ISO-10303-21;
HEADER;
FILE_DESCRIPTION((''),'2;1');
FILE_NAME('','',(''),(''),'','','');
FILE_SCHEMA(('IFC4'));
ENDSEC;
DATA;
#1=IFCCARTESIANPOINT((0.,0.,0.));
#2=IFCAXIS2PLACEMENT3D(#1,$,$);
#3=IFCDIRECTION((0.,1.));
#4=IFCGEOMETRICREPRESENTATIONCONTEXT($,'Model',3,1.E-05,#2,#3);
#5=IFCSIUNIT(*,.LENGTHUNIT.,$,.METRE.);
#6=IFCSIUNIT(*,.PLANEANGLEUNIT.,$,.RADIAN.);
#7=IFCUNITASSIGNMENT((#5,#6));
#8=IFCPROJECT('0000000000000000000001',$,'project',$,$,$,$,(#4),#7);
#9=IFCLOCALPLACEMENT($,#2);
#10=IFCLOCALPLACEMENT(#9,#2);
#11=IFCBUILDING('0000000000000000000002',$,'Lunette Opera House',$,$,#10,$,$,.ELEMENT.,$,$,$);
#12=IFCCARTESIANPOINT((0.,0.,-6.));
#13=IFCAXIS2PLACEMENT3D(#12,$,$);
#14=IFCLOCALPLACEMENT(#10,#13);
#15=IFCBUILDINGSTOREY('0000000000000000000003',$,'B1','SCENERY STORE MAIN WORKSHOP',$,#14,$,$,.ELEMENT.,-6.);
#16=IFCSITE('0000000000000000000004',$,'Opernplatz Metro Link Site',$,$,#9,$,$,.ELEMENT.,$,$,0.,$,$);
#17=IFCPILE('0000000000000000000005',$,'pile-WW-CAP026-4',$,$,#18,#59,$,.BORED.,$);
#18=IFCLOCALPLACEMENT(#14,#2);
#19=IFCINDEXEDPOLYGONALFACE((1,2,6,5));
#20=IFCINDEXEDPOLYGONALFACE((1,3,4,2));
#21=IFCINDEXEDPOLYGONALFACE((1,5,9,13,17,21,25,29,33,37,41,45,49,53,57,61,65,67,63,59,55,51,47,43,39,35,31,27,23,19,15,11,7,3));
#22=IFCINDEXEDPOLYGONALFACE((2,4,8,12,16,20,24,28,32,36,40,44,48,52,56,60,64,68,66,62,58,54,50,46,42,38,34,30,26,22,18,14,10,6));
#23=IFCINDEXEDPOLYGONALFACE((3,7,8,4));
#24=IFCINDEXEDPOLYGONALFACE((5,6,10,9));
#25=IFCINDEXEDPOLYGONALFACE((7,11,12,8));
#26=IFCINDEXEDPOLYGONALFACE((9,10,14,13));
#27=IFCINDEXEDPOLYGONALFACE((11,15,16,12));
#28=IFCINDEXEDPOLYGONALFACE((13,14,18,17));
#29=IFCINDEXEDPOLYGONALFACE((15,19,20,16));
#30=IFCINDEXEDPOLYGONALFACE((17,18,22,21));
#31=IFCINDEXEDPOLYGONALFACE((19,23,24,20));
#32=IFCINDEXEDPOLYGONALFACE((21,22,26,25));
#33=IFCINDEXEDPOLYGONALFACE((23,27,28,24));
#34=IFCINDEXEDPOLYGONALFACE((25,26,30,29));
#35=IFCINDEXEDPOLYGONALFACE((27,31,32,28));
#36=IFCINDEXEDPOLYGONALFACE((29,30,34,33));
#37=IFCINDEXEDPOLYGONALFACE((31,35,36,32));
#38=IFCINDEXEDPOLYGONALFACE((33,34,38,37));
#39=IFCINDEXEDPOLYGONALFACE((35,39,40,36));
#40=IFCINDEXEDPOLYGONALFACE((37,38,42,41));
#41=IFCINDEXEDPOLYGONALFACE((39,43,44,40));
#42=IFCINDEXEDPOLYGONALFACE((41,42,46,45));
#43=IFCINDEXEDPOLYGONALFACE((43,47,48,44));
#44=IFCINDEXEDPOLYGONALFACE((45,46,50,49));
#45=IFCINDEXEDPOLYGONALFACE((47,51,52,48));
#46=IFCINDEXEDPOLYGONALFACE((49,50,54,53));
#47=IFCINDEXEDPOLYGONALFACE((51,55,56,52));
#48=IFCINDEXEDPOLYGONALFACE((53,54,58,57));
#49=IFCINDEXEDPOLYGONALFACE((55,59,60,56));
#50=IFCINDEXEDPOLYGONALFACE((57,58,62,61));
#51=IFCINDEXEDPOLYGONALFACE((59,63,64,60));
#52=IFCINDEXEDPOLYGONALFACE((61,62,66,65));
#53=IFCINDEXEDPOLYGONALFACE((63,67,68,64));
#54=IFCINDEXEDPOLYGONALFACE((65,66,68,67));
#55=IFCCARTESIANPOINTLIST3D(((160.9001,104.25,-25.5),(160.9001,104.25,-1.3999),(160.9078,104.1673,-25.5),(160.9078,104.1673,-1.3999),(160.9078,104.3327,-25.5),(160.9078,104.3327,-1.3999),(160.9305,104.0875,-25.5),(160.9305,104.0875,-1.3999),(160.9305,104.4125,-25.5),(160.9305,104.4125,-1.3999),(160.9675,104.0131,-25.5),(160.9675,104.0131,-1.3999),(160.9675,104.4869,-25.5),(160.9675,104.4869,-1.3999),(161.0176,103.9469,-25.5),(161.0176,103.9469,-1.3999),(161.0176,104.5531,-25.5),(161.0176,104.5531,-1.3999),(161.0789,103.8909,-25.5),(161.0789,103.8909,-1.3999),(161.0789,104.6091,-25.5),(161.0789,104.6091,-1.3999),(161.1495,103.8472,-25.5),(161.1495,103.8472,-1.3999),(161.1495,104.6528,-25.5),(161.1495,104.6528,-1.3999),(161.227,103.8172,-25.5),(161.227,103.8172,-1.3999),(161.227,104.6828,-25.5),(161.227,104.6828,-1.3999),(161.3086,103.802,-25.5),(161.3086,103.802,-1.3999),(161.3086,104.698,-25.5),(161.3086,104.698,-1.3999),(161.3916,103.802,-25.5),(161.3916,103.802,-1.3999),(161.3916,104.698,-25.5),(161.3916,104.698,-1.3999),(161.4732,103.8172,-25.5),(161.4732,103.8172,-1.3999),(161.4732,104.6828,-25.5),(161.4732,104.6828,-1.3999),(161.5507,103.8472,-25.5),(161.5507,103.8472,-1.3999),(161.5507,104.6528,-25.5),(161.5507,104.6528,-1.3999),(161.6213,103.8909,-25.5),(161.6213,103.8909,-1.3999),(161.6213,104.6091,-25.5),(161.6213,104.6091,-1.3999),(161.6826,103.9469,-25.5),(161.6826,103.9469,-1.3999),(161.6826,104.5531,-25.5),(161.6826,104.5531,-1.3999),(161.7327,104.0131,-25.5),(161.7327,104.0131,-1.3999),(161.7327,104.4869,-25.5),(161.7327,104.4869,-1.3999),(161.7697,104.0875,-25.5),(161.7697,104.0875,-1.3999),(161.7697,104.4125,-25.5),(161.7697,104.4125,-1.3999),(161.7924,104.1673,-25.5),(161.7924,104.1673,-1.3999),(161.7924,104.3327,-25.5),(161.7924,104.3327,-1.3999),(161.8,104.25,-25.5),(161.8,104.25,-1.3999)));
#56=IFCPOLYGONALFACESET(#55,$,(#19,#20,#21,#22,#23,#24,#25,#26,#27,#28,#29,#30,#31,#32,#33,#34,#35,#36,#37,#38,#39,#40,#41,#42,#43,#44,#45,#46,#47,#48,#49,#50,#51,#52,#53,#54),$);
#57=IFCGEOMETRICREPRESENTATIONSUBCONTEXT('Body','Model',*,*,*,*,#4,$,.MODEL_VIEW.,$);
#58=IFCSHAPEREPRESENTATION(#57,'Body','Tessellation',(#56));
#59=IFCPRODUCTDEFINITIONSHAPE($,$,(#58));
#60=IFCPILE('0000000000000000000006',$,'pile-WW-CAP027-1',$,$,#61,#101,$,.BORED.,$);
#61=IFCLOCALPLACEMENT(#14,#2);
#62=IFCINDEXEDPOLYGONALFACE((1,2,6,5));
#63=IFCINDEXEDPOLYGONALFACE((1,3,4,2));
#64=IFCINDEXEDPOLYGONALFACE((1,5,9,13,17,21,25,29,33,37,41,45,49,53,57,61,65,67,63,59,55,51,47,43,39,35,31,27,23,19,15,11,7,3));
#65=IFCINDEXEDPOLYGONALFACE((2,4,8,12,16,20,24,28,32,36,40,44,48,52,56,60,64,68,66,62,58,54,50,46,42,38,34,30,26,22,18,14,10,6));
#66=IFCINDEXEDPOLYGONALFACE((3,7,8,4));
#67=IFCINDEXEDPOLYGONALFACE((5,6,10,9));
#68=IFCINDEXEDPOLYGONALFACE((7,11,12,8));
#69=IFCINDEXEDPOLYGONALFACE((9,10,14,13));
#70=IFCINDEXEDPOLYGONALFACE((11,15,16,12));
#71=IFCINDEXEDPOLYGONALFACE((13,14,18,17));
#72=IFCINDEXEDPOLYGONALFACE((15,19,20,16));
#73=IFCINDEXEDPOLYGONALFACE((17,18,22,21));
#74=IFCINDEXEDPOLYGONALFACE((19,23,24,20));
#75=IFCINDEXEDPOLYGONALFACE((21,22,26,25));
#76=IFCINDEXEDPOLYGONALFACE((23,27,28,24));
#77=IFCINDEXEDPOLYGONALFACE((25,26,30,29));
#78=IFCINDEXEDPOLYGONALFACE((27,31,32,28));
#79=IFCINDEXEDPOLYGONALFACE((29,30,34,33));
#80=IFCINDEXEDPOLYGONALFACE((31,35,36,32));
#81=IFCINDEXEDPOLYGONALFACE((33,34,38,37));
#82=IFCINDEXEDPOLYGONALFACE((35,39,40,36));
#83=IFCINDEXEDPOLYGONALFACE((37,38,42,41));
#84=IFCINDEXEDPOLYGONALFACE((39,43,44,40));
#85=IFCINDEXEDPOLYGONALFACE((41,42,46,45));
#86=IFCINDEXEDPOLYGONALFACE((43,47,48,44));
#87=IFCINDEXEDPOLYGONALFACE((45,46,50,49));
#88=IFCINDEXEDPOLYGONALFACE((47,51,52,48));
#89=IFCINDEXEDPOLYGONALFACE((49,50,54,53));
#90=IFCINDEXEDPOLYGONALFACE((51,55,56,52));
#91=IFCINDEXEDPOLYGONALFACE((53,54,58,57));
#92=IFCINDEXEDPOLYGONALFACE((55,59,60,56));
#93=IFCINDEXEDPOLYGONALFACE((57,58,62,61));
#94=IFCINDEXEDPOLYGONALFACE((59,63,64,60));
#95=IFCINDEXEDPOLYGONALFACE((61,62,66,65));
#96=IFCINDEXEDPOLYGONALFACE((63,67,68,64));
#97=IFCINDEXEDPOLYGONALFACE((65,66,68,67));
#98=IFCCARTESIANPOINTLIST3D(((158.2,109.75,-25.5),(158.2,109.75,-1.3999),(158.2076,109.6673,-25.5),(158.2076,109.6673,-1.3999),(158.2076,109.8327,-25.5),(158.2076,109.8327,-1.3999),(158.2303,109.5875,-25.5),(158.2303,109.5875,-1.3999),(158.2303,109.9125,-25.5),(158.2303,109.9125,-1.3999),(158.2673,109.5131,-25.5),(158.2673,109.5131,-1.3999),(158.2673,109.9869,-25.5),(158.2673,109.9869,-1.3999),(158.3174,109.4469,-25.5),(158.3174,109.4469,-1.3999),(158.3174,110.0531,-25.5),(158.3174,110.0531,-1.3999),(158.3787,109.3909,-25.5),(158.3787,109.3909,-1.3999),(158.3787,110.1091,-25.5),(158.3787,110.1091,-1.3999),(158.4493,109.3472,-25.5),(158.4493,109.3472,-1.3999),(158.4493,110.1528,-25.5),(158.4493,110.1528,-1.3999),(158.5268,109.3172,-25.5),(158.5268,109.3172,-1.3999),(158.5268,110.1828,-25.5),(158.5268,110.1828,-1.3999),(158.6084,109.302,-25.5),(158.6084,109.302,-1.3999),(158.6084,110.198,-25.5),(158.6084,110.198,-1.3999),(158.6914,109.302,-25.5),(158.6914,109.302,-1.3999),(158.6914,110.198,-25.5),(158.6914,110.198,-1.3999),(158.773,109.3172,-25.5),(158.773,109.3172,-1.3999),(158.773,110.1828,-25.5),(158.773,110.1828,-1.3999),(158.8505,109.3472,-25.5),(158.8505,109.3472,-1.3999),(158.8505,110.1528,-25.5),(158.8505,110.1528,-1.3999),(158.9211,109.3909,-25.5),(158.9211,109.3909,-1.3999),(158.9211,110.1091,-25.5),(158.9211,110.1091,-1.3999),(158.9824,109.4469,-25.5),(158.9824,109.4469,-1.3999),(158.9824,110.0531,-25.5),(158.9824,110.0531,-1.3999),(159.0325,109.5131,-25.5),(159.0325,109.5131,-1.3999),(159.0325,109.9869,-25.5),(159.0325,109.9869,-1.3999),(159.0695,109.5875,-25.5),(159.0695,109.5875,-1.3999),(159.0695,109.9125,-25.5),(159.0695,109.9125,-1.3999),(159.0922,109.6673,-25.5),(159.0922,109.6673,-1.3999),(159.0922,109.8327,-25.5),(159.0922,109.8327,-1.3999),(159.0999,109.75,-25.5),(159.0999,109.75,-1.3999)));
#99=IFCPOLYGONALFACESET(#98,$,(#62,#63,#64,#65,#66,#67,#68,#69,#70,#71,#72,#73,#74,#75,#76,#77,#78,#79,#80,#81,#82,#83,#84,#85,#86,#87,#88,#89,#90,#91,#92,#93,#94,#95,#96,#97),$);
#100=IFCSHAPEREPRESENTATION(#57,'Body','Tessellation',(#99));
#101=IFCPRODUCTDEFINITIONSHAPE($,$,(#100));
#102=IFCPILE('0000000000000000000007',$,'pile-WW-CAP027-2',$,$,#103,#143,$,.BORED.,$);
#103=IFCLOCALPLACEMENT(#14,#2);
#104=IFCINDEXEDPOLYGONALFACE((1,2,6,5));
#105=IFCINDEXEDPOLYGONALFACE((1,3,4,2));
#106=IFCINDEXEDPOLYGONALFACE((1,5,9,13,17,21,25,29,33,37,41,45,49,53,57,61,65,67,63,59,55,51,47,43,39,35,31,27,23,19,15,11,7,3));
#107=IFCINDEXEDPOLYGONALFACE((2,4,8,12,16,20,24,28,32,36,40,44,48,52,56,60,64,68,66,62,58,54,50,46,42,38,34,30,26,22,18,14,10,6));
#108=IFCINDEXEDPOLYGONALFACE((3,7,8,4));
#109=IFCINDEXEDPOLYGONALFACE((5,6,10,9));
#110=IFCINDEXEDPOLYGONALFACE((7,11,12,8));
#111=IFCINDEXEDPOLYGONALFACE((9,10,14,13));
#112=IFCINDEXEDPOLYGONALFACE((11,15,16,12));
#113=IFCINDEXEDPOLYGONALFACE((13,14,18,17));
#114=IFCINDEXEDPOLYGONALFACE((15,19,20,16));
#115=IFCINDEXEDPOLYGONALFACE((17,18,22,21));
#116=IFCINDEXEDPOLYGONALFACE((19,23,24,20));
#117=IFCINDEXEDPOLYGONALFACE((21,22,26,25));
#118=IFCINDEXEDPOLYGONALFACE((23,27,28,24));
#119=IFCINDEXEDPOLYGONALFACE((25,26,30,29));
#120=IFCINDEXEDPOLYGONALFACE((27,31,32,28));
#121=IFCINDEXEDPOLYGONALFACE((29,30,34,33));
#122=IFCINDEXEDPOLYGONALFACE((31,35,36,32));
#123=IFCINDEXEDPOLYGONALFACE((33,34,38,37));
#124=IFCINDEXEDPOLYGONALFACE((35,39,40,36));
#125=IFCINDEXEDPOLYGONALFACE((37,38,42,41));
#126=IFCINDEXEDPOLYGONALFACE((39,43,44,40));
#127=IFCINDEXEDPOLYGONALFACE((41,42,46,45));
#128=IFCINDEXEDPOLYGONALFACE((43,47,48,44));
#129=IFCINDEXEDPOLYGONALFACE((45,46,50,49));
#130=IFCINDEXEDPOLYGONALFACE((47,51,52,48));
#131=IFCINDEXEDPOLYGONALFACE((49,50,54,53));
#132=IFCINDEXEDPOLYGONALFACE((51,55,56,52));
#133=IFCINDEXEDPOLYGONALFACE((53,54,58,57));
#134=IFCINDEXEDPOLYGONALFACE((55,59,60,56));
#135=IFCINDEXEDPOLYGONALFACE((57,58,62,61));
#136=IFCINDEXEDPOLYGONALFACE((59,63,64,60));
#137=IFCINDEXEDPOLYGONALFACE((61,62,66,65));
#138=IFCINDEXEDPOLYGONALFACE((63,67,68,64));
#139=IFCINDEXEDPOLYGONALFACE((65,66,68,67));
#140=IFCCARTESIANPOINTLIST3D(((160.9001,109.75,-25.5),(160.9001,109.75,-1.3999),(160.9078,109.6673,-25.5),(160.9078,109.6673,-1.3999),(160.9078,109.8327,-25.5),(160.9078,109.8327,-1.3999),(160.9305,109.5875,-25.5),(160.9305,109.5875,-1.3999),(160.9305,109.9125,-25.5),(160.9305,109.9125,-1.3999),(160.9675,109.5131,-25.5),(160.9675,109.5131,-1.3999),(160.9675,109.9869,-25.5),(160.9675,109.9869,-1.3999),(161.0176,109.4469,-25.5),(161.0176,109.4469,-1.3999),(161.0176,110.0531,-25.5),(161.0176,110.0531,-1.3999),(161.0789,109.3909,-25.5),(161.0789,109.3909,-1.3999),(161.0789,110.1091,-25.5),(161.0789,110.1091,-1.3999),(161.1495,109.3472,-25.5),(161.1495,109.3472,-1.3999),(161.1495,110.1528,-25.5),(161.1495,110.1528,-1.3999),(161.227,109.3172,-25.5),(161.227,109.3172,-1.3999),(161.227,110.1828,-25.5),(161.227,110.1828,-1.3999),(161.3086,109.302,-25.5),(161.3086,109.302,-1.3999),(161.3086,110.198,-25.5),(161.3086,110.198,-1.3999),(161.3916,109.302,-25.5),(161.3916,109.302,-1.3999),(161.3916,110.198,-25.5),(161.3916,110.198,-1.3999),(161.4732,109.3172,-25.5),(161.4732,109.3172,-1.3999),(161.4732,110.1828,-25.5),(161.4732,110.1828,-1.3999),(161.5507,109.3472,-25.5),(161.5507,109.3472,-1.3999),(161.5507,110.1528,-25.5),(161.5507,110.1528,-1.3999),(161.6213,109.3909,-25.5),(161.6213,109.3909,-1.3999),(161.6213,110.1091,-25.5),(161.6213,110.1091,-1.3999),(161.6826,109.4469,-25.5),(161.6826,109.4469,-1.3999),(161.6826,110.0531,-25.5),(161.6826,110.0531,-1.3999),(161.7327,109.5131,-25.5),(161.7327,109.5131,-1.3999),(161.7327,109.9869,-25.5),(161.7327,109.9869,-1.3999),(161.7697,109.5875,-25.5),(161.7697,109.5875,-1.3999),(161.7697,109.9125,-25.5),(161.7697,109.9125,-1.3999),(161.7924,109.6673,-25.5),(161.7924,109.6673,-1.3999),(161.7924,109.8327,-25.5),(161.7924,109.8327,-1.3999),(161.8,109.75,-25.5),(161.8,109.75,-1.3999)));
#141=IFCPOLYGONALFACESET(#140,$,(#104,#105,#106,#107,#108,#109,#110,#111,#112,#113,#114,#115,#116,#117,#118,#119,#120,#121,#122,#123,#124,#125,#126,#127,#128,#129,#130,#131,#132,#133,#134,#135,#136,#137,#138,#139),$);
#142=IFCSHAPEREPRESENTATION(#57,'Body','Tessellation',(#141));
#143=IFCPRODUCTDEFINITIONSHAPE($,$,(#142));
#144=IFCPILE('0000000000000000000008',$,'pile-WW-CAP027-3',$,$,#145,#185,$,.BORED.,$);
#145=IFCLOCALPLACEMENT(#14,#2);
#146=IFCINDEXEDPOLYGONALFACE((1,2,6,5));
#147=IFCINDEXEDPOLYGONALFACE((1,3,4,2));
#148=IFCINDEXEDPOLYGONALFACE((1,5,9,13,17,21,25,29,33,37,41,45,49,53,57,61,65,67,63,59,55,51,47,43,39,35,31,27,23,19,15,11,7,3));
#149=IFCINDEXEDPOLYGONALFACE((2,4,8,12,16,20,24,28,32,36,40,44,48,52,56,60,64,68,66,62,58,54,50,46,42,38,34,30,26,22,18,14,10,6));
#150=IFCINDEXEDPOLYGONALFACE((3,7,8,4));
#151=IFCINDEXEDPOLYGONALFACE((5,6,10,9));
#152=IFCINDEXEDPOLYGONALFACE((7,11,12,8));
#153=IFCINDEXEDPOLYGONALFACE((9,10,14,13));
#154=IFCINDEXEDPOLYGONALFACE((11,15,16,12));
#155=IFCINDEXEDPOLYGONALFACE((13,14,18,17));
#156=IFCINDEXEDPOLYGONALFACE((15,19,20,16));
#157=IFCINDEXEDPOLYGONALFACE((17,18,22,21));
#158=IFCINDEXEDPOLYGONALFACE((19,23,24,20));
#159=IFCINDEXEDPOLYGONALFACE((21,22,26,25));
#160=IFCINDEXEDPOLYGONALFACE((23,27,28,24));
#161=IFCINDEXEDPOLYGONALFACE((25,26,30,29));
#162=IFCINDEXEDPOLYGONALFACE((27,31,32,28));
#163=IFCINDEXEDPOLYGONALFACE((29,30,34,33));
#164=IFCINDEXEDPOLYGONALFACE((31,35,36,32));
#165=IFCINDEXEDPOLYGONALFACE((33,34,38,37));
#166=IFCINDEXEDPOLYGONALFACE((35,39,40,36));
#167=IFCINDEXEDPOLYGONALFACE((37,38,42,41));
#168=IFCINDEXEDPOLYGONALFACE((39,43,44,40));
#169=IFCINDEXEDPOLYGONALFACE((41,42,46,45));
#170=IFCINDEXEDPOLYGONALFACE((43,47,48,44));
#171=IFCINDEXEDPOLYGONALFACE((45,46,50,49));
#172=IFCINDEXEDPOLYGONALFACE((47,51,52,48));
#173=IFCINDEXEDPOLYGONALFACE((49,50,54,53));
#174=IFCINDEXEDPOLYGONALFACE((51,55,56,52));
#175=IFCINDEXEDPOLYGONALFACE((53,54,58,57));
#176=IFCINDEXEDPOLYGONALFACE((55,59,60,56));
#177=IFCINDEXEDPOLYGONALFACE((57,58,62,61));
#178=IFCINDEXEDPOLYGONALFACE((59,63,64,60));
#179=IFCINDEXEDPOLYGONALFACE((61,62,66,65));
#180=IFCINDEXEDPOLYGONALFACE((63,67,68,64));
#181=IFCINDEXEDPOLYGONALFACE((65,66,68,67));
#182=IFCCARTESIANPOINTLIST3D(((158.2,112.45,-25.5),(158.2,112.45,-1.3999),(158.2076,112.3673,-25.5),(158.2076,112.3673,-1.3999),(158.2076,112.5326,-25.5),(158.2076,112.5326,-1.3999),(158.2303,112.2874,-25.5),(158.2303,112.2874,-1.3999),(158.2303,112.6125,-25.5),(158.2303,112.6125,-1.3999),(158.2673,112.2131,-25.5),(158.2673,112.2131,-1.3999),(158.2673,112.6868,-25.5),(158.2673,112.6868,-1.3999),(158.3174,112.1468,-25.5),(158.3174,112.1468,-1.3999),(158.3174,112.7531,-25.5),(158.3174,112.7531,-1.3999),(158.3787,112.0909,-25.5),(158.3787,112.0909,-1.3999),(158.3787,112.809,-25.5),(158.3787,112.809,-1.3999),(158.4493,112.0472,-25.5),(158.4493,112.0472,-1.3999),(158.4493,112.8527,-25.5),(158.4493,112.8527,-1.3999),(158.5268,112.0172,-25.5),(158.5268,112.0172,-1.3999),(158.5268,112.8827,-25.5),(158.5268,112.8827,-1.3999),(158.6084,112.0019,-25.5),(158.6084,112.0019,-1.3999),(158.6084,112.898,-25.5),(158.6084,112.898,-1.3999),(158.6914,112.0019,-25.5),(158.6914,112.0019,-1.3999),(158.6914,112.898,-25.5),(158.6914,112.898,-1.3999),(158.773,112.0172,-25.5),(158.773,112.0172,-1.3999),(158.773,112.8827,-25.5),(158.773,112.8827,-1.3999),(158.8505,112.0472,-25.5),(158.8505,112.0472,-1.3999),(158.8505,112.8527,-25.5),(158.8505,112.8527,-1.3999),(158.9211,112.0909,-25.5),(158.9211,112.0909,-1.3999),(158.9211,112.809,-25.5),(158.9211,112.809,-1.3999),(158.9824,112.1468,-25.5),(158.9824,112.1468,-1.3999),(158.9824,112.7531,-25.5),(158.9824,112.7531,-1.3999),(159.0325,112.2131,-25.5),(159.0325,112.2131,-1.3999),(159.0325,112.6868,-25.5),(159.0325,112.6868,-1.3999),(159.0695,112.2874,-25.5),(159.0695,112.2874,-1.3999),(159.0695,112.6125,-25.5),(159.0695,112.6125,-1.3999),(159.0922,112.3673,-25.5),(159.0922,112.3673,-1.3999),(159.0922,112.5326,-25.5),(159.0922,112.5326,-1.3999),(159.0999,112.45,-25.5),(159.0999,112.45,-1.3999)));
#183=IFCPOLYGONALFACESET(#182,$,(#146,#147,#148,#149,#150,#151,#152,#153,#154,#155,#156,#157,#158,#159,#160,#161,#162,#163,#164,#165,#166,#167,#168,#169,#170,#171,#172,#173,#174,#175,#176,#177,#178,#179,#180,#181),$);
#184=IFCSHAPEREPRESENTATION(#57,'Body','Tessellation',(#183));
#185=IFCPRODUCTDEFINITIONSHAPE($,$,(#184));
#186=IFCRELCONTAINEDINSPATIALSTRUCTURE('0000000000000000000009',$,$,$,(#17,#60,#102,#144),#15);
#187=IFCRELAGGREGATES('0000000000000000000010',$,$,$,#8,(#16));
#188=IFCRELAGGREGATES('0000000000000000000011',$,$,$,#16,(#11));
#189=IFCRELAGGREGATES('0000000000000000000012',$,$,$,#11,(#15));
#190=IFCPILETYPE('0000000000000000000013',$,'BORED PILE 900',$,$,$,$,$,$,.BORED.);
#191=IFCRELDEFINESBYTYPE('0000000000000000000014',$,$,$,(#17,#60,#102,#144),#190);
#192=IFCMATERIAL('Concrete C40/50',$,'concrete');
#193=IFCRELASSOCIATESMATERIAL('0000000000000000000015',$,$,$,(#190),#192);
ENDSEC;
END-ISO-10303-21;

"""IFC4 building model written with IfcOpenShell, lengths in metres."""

from ifc_helpers import new_model, si_unit, direction, frame, origin, origin_2d, place, context, subcontext, project, spatial, circle, extrude, material, material_profile, profile_set, type_object, element, save


model = new_model("IFC4")

# Units and contexts
model_context = context("Model", 3, precision=1e-05, world=origin(), true_north=direction((0.0, 1.0)))
body_context = subcontext(model_context, "Body", "Model", "MODEL_VIEW")
ifc_project = project(units=[si_unit("LENGTHUNIT", "METRE"), si_unit("PLANEANGLEUNIT", "RADIAN")], contexts=[model_context])

# Site, building, storey
site_placement = place(None, origin())
site = spatial("IfcSite", under=ifc_project, at=site_placement, Name="Opernplatz Metro Link Site", CompositionType="ELEMENT", RefElevation=0.0)
building_placement = place(site_placement, origin())
building = spatial("IfcBuilding", under=site, at=building_placement, Name="Lunette Opera House", CompositionType="ELEMENT")
storey_placement = place(building_placement, frame((0.0, 0.0, -6.0)))
storey = spatial("IfcBuildingStorey", under=building, at=storey_placement, Name="B1", Description="SCENERY STORE MAIN WORKSHOP", CompositionType="ELEMENT", Elevation=-6.0)

# Piles
ifc_material_1 = material(Name="Concrete C40/50", Category="concrete")
ifc_material_profile_1 = material_profile(ifc_material_1, circle(Radius=0.45, at=origin_2d()), Name="BORED PILE 900")
ifc_profile_set_1 = profile_set([ifc_material_profile_1], Name="Concrete C40/50")
pile_type = type_object("IfcPileType", Name="BORED PILE 900", PredefinedType="BORED", material=ifc_profile_set_1)
for number, where, z_axis, x_axis, name in (
    (1, (161.3501, 104.25, -1.3999), (0.0, 0.0, -1.0), (1.0, 0.0, 0.0), "pile-WW-CAP026-4"),
    (2, (158.6499, 109.75, -1.3999), (0.0, 0.0, -1.0), (1.0, 0.0, 0.0), "pile-WW-CAP027-1"),
    (3, (161.3501, 109.75, -1.3999), (0.0, 0.0, -1.0), (1.0, 0.0, 0.0), "pile-WW-CAP027-2"),
    (4, (158.6499, 112.45, -1.3999), (0.0, 0.0, -1.0), (1.0, 0.0, 0.0), "pile-WW-CAP027-3"),
):
    element("IfcPile", number, at=place(storey_placement, frame(where, z_axis=z_axis, x_axis=x_axis)), inside=storey, type_object=pile_type, Name=name, PredefinedType="BORED", context=body_context, shape_type="SweptSolid", body=[
        extrude(circle(Radius=0.45, at=origin_2d()), origin(), (0.0, 0.0, 1.0), 24.1001),
    ])

save(model, "model.ifc")
